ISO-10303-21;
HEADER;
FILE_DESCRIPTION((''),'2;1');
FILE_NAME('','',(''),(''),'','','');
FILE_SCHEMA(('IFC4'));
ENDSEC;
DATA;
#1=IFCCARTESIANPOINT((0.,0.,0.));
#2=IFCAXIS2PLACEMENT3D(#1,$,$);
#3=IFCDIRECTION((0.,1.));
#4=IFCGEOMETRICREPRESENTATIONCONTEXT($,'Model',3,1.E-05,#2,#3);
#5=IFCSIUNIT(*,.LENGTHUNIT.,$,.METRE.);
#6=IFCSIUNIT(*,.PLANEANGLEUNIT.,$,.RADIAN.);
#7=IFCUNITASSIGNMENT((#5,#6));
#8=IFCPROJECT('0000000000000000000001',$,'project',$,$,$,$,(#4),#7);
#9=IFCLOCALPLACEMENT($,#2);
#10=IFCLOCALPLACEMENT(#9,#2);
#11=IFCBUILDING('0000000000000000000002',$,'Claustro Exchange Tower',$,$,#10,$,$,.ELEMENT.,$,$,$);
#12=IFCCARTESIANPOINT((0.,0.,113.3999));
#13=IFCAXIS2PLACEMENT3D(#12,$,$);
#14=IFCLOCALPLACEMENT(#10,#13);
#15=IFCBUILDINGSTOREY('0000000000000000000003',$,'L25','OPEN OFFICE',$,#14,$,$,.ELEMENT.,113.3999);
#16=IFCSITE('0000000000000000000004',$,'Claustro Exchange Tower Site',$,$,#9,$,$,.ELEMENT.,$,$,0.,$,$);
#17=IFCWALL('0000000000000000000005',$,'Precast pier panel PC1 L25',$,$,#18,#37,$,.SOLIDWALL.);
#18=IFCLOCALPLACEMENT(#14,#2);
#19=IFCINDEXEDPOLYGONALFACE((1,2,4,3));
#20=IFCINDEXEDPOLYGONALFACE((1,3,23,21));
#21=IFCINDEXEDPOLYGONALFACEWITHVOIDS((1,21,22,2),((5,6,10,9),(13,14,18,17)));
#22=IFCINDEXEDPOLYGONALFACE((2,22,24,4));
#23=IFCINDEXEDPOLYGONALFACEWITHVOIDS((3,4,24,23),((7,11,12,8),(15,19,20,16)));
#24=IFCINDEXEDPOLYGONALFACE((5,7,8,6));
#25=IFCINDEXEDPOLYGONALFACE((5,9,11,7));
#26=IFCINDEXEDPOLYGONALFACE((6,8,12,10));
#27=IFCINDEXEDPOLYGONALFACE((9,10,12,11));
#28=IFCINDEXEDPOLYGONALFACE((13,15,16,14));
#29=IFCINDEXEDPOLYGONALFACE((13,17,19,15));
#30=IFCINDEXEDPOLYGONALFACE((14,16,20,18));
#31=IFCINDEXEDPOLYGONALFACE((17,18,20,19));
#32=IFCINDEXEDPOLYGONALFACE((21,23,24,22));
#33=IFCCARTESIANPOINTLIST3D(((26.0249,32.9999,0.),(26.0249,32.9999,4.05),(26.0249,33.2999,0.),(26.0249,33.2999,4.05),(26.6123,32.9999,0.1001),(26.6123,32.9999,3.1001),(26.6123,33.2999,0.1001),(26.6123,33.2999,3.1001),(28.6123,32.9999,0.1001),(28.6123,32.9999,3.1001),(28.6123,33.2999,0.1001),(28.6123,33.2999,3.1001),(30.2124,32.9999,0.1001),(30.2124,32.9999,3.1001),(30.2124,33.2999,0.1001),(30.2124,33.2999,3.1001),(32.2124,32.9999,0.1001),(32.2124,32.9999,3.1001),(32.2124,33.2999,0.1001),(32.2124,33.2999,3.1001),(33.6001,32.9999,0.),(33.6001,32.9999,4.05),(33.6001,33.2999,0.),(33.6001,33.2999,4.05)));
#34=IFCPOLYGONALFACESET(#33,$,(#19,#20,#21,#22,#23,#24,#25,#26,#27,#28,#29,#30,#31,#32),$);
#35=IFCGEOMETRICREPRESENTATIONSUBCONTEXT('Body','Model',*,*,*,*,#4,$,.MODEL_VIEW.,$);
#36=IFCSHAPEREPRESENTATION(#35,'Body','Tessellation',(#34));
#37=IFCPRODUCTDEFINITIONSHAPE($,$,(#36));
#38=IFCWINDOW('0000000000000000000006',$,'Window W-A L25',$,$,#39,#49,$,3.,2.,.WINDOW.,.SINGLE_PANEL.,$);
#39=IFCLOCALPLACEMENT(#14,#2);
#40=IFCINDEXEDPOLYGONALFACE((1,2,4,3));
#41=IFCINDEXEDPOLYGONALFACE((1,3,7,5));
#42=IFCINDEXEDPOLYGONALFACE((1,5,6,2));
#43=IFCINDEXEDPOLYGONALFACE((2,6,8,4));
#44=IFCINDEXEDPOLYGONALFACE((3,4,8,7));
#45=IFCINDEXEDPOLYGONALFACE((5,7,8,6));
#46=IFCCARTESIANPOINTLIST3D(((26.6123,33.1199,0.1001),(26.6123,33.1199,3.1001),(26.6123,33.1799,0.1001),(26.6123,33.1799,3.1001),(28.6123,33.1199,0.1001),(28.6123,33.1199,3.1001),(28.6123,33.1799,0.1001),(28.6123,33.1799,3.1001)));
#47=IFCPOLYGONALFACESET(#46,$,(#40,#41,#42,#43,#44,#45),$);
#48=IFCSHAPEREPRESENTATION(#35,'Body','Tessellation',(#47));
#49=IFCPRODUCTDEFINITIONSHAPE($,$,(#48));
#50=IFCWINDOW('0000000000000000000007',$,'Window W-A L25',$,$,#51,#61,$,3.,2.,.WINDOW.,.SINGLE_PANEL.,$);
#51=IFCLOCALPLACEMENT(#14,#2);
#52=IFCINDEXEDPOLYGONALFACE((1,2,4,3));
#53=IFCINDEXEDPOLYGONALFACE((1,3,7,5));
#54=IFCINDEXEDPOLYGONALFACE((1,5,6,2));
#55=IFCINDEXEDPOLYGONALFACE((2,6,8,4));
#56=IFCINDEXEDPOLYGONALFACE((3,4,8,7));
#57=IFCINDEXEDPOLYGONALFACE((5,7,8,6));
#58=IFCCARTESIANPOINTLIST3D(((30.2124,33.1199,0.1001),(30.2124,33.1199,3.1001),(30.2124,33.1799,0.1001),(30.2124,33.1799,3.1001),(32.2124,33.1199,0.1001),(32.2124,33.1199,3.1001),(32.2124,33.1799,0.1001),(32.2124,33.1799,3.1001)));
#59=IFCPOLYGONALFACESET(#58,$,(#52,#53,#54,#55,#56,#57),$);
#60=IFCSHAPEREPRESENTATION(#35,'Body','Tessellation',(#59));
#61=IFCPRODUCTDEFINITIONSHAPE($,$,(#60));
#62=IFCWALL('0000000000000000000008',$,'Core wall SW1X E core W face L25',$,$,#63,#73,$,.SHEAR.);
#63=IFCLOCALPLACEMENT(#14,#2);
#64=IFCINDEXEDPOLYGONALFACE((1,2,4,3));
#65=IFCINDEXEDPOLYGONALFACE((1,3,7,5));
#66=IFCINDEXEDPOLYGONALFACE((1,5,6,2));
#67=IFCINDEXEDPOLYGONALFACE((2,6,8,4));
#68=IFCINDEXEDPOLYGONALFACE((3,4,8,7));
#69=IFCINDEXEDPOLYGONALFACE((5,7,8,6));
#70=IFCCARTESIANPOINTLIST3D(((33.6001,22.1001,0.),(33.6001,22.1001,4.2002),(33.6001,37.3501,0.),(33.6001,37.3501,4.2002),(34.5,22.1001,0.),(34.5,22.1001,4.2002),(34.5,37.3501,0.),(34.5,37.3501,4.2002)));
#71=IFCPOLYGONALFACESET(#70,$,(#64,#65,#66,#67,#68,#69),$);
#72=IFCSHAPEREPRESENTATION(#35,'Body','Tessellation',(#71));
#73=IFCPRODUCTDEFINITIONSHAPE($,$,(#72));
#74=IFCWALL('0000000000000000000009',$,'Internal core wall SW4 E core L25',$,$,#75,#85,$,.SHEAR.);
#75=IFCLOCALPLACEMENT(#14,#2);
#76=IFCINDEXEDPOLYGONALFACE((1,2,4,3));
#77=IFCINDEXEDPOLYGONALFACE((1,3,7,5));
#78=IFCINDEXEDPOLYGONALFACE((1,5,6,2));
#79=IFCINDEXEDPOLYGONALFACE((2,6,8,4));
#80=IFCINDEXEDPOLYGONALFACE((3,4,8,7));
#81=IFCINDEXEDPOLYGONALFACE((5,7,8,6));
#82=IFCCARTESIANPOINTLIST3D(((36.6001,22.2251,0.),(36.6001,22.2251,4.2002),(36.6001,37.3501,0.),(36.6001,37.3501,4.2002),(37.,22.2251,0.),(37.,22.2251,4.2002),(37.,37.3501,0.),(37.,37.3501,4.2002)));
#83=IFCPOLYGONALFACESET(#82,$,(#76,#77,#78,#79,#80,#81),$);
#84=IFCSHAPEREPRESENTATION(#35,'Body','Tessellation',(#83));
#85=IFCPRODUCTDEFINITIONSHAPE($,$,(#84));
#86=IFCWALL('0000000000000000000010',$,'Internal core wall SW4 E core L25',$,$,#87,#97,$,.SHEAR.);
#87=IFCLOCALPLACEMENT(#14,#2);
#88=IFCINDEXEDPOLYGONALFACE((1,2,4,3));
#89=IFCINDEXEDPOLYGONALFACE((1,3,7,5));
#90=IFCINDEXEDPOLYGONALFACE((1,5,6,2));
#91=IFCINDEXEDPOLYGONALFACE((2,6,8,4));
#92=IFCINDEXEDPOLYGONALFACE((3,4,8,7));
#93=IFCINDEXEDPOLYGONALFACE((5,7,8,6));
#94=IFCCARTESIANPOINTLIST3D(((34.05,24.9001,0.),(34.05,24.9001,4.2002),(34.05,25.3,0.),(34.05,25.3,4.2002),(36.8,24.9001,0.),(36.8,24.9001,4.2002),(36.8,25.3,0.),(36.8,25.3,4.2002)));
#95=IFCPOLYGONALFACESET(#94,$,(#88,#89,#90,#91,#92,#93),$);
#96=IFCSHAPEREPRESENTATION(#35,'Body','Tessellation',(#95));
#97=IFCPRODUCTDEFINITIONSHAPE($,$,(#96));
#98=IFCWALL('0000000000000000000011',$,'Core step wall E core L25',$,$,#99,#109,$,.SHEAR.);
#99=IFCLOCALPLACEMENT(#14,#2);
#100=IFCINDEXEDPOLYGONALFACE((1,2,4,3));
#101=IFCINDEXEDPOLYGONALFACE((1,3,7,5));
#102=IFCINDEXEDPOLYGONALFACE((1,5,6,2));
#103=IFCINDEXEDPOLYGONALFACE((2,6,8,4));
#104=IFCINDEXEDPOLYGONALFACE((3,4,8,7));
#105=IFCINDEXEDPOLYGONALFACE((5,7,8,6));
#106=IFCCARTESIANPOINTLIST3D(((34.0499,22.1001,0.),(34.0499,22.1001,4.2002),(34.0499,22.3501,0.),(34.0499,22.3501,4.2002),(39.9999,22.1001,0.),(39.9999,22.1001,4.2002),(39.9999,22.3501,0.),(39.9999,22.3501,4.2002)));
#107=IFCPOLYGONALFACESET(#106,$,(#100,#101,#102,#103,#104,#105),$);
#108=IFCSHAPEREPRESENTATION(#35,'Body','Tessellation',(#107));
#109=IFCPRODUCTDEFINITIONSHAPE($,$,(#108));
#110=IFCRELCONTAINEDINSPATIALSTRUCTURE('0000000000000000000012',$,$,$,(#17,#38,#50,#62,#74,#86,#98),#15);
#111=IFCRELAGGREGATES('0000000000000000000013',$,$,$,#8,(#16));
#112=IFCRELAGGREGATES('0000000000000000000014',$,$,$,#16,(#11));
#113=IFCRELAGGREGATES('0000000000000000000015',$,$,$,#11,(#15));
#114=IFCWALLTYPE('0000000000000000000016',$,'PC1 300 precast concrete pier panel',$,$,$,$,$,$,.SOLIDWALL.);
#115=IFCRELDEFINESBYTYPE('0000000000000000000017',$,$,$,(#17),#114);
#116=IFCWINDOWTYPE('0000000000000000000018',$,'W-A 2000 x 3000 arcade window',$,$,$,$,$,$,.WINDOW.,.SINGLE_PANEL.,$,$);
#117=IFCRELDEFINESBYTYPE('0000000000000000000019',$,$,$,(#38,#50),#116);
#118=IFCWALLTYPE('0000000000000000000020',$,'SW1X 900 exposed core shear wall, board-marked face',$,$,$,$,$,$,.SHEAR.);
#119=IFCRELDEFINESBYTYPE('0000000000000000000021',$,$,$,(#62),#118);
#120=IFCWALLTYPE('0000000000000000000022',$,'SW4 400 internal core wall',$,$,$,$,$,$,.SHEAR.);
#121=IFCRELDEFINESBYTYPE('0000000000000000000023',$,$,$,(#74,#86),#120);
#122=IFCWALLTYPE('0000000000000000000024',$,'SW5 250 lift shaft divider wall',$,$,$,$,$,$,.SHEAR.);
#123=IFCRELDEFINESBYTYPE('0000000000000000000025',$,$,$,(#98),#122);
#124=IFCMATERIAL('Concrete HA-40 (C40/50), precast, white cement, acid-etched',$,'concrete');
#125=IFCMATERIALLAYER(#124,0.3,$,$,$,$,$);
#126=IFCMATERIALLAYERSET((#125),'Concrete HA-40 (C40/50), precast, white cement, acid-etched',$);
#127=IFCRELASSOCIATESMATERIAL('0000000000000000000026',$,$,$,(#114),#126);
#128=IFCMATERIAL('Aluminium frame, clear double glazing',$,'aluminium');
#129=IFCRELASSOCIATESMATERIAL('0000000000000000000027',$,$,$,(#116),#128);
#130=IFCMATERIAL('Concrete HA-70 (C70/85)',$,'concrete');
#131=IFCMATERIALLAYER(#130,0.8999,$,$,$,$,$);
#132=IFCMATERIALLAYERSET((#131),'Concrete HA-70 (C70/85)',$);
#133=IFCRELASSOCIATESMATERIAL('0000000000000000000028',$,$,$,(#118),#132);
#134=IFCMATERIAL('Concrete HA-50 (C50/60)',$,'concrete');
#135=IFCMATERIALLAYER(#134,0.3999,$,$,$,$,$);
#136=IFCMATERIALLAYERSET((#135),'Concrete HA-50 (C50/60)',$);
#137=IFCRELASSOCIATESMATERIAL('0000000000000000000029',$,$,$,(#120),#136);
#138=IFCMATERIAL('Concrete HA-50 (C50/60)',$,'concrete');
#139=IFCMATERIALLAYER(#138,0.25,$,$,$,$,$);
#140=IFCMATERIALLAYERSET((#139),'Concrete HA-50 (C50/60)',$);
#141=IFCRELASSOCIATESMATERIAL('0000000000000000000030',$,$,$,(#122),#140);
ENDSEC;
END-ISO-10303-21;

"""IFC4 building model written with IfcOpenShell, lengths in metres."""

from ifc_helpers import new_model, si_unit, direction, frame, frame_2d, origin, place, context, subcontext, project, spatial, rectangle, extrude, material, layer, layer_set, type_object, element, fill, save


model = new_model("IFC4")

# Units and contexts
model_context = context("Model", 3, precision=1e-05, world=origin(), true_north=direction((0.0, 1.0)))
body_context = subcontext(model_context, "Body", "Model", "MODEL_VIEW")
ifc_project = project(units=[si_unit("LENGTHUNIT", "METRE"), si_unit("PLANEANGLEUNIT", "RADIAN")], contexts=[model_context])

# Site, building, storey
site_placement = place(None, origin())
site = spatial("IfcSite", under=ifc_project, at=site_placement, Name="Claustro Exchange Tower Site", CompositionType="ELEMENT", RefElevation=0.0)
building_placement = place(site_placement, origin())
building = spatial("IfcBuilding", under=site, at=building_placement, Name="Claustro Exchange Tower", CompositionType="ELEMENT")
storey_placement = place(building_placement, frame((0.0, 0.0, 113.3999)))
storey = spatial("IfcBuildingStorey", under=building, at=storey_placement, Name="L25", Description="OPEN OFFICE", CompositionType="ELEMENT", Elevation=113.3999)

# Wall, openings, windows
ifc_material_1 = material(Name="Concrete HA-40 (C40/50), precast, white cement, acid-etched", Category="concrete")
ifc_layer_1 = layer(ifc_material_1, 0.3)
ifc_layer_set_1 = layer_set([ifc_layer_1], Name="Concrete HA-40 (C40/50), precast, white cement, acid-etched")
wall_type_1 = type_object("IfcWallType", Name="PC1 300 precast concrete pier panel", PredefinedType="SOLIDWALL", material=ifc_layer_set_1)
wall_1_placement = place(storey_placement, frame((26.0249, 33.1499, 0.0), z_axis=(0.0, 0.0, 1.0), x_axis=(1.0, 0.0, 0.0)))
wall_1 = element("IfcWall", 1, at=wall_1_placement, inside=storey, type_object=wall_type_1, Name="Precast pier panel PC1 L25", PredefinedType="SOLIDWALL", context=body_context, shape_type="SweptSolid", body=[
    extrude(rectangle(XDim=7.5752, YDim=0.3, at=frame_2d((3.7876, 0.0))), origin(), (0.0, 0.0, 1.0), 4.05),
])
opening_1_placement = place(wall_1_placement, frame((0.5874, 0.0, 0.1001)))
opening_1 = element("IfcOpeningElement", 2, at=opening_1_placement, cuts=wall_1, PredefinedType="OPENING", context=body_context, shape_type="SweptSolid", body=[
    extrude(rectangle(XDim=2.0, YDim=3.0, at=frame_2d((1.0, 1.5))), frame((0.0, 0.1599, 0.0), z_axis=(0.0, -1.0, 0.0), x_axis=(1.0, 0.0, 0.0)), (0.0, 0.0, 1.0), 0.3201),
])
opening_2_placement = place(wall_1_placement, frame((4.1875, 0.0, 0.1001)))
opening_2 = element("IfcOpeningElement", 3, at=opening_2_placement, cuts=wall_1, PredefinedType="OPENING", context=body_context, shape_type="SweptSolid", body=[
    extrude(rectangle(XDim=2.0, YDim=3.0, at=frame_2d((1.0, 1.5))), frame((0.0, 0.1599, 0.0), z_axis=(0.0, -1.0, 0.0), x_axis=(1.0, 0.0, 0.0)), (0.0, 0.0, 1.0), 0.3201),
])
ifc_material_2 = material(Name="Aluminium frame, clear double glazing", Category="aluminium")
window_type = type_object("IfcWindowType", Name="W-A 2000 x 3000 arcade window", PartitioningType="SINGLE_PANEL", PredefinedType="WINDOW", material=ifc_material_2)
window_1_placement = place(opening_1_placement, origin())
window_1 = element("IfcWindow", 4, at=window_1_placement, inside=storey, type_object=window_type, Name="Window W-A L25", OverallHeight=3.0, OverallWidth=2.0, PartitioningType="SINGLE_PANEL", PredefinedType="WINDOW", context=body_context, shape_type="SweptSolid", body=[
    extrude(rectangle(XDim=2.0, YDim=3.0, at=frame_2d((1.0, 1.5))), frame((0.0, 0.03, 0.0), z_axis=(0.0, -1.0, 0.0), x_axis=(1.0, 0.0, 0.0)), (0.0, 0.0, 1.0), 0.0601),
])
fill(opening_1, window_1)
window_2_placement = place(opening_2_placement, origin())
window_2 = element("IfcWindow", 5, at=window_2_placement, inside=storey, type_object=window_type, Name="Window W-A L25", OverallHeight=3.0, OverallWidth=2.0, PartitioningType="SINGLE_PANEL", PredefinedType="WINDOW", context=body_context, shape_type="SweptSolid", body=[
    extrude(rectangle(XDim=2.0, YDim=3.0, at=frame_2d((1.0, 1.5))), frame((0.0, 0.03, 0.0), z_axis=(0.0, -1.0, 0.0), x_axis=(1.0, 0.0, 0.0)), (0.0, 0.0, 1.0), 0.0601),
])
fill(opening_2, window_2)

# Walls
ifc_material_3 = material(Name="Concrete HA-70 (C70/85)", Category="concrete")
ifc_layer_2 = layer(ifc_material_3, 0.8999)
ifc_layer_set_2 = layer_set([ifc_layer_2], Name="Concrete HA-70 (C70/85)")
wall_type_2 = type_object("IfcWallType", Name="SW1X 900 exposed core shear wall, board-marked face", PredefinedType="SHEAR", material=ifc_layer_set_2)
wall_2_placement = place(storey_placement, frame((34.05, 22.1001, 0.0), z_axis=(0.0, 0.0, 1.0), x_axis=(0.0, 1.0, 0.0)))
element("IfcWall", 6, at=wall_2_placement, inside=storey, type_object=wall_type_2, Name="Core wall SW1X E core W face L25", PredefinedType="SHEAR", context=body_context, shape_type="SweptSolid", body=[
    extrude(rectangle(XDim=15.25, YDim=0.8999, at=frame_2d((7.625, 0.0))), origin(), (0.0, 0.0, 1.0), 4.2002),
])
ifc_material_4 = material(Name="Concrete HA-50 (C50/60)", Category="concrete")
ifc_layer_3 = layer(ifc_material_4, 0.3999)
ifc_layer_set_3 = layer_set([ifc_layer_3], Name="Concrete HA-50 (C50/60)")
wall_type_3 = type_object("IfcWallType", Name="SW4 400 internal core wall", PredefinedType="SHEAR", material=ifc_layer_set_3)
wall_3_placement = place(storey_placement, frame((36.8, 22.2251, 0.0), z_axis=(0.0, 0.0, 1.0), x_axis=(0.0, 1.0, 0.0)))
element("IfcWall", 7, at=wall_3_placement, inside=storey, type_object=wall_type_3, Name="Internal core wall SW4 E core L25", PredefinedType="SHEAR", context=body_context, shape_type="SweptSolid", body=[
    extrude(rectangle(XDim=15.125, YDim=0.3999, at=frame_2d((7.5625, 0.0))), origin(), (0.0, 0.0, 1.0), 4.2002),
])
wall_4_placement = place(storey_placement, frame((36.8, 25.1001, 0.0), z_axis=(0.0, 0.0, 1.0), x_axis=(-1.0, 0.0, 0.0)))
element("IfcWall", 8, at=wall_4_placement, inside=storey, type_object=wall_type_3, Name="Internal core wall SW4 E core L25", PredefinedType="SHEAR", context=body_context, shape_type="SweptSolid", body=[
    extrude(rectangle(XDim=2.75, YDim=0.3999, at=frame_2d((1.375, 0.0))), origin(), (0.0, 0.0, 1.0), 4.2002),
])
ifc_material_5 = material(Name="Concrete HA-50 (C50/60)", Category="concrete")
ifc_layer_4 = layer(ifc_material_5, 0.25)
ifc_layer_set_4 = layer_set([ifc_layer_4], Name="Concrete HA-50 (C50/60)")
wall_type_4 = type_object("IfcWallType", Name="SW5 250 lift shaft divider wall", PredefinedType="SHEAR", material=ifc_layer_set_4)
wall_5_placement = place(storey_placement, frame((40.0, 22.2251, 0.0), z_axis=(0.0, 0.0, 1.0), x_axis=(-1.0, 0.0, 0.0)))
element("IfcWall", 9, at=wall_5_placement, inside=storey, type_object=wall_type_4, Name="Core step wall E core L25", PredefinedType="SHEAR", context=body_context, shape_type="SweptSolid", body=[
    extrude(rectangle(XDim=5.95, YDim=0.25, at=frame_2d((2.9751, 0.0))), origin(), (0.0, 0.0, 1.0), 4.2002),
])

save(model, "model.ifc")
